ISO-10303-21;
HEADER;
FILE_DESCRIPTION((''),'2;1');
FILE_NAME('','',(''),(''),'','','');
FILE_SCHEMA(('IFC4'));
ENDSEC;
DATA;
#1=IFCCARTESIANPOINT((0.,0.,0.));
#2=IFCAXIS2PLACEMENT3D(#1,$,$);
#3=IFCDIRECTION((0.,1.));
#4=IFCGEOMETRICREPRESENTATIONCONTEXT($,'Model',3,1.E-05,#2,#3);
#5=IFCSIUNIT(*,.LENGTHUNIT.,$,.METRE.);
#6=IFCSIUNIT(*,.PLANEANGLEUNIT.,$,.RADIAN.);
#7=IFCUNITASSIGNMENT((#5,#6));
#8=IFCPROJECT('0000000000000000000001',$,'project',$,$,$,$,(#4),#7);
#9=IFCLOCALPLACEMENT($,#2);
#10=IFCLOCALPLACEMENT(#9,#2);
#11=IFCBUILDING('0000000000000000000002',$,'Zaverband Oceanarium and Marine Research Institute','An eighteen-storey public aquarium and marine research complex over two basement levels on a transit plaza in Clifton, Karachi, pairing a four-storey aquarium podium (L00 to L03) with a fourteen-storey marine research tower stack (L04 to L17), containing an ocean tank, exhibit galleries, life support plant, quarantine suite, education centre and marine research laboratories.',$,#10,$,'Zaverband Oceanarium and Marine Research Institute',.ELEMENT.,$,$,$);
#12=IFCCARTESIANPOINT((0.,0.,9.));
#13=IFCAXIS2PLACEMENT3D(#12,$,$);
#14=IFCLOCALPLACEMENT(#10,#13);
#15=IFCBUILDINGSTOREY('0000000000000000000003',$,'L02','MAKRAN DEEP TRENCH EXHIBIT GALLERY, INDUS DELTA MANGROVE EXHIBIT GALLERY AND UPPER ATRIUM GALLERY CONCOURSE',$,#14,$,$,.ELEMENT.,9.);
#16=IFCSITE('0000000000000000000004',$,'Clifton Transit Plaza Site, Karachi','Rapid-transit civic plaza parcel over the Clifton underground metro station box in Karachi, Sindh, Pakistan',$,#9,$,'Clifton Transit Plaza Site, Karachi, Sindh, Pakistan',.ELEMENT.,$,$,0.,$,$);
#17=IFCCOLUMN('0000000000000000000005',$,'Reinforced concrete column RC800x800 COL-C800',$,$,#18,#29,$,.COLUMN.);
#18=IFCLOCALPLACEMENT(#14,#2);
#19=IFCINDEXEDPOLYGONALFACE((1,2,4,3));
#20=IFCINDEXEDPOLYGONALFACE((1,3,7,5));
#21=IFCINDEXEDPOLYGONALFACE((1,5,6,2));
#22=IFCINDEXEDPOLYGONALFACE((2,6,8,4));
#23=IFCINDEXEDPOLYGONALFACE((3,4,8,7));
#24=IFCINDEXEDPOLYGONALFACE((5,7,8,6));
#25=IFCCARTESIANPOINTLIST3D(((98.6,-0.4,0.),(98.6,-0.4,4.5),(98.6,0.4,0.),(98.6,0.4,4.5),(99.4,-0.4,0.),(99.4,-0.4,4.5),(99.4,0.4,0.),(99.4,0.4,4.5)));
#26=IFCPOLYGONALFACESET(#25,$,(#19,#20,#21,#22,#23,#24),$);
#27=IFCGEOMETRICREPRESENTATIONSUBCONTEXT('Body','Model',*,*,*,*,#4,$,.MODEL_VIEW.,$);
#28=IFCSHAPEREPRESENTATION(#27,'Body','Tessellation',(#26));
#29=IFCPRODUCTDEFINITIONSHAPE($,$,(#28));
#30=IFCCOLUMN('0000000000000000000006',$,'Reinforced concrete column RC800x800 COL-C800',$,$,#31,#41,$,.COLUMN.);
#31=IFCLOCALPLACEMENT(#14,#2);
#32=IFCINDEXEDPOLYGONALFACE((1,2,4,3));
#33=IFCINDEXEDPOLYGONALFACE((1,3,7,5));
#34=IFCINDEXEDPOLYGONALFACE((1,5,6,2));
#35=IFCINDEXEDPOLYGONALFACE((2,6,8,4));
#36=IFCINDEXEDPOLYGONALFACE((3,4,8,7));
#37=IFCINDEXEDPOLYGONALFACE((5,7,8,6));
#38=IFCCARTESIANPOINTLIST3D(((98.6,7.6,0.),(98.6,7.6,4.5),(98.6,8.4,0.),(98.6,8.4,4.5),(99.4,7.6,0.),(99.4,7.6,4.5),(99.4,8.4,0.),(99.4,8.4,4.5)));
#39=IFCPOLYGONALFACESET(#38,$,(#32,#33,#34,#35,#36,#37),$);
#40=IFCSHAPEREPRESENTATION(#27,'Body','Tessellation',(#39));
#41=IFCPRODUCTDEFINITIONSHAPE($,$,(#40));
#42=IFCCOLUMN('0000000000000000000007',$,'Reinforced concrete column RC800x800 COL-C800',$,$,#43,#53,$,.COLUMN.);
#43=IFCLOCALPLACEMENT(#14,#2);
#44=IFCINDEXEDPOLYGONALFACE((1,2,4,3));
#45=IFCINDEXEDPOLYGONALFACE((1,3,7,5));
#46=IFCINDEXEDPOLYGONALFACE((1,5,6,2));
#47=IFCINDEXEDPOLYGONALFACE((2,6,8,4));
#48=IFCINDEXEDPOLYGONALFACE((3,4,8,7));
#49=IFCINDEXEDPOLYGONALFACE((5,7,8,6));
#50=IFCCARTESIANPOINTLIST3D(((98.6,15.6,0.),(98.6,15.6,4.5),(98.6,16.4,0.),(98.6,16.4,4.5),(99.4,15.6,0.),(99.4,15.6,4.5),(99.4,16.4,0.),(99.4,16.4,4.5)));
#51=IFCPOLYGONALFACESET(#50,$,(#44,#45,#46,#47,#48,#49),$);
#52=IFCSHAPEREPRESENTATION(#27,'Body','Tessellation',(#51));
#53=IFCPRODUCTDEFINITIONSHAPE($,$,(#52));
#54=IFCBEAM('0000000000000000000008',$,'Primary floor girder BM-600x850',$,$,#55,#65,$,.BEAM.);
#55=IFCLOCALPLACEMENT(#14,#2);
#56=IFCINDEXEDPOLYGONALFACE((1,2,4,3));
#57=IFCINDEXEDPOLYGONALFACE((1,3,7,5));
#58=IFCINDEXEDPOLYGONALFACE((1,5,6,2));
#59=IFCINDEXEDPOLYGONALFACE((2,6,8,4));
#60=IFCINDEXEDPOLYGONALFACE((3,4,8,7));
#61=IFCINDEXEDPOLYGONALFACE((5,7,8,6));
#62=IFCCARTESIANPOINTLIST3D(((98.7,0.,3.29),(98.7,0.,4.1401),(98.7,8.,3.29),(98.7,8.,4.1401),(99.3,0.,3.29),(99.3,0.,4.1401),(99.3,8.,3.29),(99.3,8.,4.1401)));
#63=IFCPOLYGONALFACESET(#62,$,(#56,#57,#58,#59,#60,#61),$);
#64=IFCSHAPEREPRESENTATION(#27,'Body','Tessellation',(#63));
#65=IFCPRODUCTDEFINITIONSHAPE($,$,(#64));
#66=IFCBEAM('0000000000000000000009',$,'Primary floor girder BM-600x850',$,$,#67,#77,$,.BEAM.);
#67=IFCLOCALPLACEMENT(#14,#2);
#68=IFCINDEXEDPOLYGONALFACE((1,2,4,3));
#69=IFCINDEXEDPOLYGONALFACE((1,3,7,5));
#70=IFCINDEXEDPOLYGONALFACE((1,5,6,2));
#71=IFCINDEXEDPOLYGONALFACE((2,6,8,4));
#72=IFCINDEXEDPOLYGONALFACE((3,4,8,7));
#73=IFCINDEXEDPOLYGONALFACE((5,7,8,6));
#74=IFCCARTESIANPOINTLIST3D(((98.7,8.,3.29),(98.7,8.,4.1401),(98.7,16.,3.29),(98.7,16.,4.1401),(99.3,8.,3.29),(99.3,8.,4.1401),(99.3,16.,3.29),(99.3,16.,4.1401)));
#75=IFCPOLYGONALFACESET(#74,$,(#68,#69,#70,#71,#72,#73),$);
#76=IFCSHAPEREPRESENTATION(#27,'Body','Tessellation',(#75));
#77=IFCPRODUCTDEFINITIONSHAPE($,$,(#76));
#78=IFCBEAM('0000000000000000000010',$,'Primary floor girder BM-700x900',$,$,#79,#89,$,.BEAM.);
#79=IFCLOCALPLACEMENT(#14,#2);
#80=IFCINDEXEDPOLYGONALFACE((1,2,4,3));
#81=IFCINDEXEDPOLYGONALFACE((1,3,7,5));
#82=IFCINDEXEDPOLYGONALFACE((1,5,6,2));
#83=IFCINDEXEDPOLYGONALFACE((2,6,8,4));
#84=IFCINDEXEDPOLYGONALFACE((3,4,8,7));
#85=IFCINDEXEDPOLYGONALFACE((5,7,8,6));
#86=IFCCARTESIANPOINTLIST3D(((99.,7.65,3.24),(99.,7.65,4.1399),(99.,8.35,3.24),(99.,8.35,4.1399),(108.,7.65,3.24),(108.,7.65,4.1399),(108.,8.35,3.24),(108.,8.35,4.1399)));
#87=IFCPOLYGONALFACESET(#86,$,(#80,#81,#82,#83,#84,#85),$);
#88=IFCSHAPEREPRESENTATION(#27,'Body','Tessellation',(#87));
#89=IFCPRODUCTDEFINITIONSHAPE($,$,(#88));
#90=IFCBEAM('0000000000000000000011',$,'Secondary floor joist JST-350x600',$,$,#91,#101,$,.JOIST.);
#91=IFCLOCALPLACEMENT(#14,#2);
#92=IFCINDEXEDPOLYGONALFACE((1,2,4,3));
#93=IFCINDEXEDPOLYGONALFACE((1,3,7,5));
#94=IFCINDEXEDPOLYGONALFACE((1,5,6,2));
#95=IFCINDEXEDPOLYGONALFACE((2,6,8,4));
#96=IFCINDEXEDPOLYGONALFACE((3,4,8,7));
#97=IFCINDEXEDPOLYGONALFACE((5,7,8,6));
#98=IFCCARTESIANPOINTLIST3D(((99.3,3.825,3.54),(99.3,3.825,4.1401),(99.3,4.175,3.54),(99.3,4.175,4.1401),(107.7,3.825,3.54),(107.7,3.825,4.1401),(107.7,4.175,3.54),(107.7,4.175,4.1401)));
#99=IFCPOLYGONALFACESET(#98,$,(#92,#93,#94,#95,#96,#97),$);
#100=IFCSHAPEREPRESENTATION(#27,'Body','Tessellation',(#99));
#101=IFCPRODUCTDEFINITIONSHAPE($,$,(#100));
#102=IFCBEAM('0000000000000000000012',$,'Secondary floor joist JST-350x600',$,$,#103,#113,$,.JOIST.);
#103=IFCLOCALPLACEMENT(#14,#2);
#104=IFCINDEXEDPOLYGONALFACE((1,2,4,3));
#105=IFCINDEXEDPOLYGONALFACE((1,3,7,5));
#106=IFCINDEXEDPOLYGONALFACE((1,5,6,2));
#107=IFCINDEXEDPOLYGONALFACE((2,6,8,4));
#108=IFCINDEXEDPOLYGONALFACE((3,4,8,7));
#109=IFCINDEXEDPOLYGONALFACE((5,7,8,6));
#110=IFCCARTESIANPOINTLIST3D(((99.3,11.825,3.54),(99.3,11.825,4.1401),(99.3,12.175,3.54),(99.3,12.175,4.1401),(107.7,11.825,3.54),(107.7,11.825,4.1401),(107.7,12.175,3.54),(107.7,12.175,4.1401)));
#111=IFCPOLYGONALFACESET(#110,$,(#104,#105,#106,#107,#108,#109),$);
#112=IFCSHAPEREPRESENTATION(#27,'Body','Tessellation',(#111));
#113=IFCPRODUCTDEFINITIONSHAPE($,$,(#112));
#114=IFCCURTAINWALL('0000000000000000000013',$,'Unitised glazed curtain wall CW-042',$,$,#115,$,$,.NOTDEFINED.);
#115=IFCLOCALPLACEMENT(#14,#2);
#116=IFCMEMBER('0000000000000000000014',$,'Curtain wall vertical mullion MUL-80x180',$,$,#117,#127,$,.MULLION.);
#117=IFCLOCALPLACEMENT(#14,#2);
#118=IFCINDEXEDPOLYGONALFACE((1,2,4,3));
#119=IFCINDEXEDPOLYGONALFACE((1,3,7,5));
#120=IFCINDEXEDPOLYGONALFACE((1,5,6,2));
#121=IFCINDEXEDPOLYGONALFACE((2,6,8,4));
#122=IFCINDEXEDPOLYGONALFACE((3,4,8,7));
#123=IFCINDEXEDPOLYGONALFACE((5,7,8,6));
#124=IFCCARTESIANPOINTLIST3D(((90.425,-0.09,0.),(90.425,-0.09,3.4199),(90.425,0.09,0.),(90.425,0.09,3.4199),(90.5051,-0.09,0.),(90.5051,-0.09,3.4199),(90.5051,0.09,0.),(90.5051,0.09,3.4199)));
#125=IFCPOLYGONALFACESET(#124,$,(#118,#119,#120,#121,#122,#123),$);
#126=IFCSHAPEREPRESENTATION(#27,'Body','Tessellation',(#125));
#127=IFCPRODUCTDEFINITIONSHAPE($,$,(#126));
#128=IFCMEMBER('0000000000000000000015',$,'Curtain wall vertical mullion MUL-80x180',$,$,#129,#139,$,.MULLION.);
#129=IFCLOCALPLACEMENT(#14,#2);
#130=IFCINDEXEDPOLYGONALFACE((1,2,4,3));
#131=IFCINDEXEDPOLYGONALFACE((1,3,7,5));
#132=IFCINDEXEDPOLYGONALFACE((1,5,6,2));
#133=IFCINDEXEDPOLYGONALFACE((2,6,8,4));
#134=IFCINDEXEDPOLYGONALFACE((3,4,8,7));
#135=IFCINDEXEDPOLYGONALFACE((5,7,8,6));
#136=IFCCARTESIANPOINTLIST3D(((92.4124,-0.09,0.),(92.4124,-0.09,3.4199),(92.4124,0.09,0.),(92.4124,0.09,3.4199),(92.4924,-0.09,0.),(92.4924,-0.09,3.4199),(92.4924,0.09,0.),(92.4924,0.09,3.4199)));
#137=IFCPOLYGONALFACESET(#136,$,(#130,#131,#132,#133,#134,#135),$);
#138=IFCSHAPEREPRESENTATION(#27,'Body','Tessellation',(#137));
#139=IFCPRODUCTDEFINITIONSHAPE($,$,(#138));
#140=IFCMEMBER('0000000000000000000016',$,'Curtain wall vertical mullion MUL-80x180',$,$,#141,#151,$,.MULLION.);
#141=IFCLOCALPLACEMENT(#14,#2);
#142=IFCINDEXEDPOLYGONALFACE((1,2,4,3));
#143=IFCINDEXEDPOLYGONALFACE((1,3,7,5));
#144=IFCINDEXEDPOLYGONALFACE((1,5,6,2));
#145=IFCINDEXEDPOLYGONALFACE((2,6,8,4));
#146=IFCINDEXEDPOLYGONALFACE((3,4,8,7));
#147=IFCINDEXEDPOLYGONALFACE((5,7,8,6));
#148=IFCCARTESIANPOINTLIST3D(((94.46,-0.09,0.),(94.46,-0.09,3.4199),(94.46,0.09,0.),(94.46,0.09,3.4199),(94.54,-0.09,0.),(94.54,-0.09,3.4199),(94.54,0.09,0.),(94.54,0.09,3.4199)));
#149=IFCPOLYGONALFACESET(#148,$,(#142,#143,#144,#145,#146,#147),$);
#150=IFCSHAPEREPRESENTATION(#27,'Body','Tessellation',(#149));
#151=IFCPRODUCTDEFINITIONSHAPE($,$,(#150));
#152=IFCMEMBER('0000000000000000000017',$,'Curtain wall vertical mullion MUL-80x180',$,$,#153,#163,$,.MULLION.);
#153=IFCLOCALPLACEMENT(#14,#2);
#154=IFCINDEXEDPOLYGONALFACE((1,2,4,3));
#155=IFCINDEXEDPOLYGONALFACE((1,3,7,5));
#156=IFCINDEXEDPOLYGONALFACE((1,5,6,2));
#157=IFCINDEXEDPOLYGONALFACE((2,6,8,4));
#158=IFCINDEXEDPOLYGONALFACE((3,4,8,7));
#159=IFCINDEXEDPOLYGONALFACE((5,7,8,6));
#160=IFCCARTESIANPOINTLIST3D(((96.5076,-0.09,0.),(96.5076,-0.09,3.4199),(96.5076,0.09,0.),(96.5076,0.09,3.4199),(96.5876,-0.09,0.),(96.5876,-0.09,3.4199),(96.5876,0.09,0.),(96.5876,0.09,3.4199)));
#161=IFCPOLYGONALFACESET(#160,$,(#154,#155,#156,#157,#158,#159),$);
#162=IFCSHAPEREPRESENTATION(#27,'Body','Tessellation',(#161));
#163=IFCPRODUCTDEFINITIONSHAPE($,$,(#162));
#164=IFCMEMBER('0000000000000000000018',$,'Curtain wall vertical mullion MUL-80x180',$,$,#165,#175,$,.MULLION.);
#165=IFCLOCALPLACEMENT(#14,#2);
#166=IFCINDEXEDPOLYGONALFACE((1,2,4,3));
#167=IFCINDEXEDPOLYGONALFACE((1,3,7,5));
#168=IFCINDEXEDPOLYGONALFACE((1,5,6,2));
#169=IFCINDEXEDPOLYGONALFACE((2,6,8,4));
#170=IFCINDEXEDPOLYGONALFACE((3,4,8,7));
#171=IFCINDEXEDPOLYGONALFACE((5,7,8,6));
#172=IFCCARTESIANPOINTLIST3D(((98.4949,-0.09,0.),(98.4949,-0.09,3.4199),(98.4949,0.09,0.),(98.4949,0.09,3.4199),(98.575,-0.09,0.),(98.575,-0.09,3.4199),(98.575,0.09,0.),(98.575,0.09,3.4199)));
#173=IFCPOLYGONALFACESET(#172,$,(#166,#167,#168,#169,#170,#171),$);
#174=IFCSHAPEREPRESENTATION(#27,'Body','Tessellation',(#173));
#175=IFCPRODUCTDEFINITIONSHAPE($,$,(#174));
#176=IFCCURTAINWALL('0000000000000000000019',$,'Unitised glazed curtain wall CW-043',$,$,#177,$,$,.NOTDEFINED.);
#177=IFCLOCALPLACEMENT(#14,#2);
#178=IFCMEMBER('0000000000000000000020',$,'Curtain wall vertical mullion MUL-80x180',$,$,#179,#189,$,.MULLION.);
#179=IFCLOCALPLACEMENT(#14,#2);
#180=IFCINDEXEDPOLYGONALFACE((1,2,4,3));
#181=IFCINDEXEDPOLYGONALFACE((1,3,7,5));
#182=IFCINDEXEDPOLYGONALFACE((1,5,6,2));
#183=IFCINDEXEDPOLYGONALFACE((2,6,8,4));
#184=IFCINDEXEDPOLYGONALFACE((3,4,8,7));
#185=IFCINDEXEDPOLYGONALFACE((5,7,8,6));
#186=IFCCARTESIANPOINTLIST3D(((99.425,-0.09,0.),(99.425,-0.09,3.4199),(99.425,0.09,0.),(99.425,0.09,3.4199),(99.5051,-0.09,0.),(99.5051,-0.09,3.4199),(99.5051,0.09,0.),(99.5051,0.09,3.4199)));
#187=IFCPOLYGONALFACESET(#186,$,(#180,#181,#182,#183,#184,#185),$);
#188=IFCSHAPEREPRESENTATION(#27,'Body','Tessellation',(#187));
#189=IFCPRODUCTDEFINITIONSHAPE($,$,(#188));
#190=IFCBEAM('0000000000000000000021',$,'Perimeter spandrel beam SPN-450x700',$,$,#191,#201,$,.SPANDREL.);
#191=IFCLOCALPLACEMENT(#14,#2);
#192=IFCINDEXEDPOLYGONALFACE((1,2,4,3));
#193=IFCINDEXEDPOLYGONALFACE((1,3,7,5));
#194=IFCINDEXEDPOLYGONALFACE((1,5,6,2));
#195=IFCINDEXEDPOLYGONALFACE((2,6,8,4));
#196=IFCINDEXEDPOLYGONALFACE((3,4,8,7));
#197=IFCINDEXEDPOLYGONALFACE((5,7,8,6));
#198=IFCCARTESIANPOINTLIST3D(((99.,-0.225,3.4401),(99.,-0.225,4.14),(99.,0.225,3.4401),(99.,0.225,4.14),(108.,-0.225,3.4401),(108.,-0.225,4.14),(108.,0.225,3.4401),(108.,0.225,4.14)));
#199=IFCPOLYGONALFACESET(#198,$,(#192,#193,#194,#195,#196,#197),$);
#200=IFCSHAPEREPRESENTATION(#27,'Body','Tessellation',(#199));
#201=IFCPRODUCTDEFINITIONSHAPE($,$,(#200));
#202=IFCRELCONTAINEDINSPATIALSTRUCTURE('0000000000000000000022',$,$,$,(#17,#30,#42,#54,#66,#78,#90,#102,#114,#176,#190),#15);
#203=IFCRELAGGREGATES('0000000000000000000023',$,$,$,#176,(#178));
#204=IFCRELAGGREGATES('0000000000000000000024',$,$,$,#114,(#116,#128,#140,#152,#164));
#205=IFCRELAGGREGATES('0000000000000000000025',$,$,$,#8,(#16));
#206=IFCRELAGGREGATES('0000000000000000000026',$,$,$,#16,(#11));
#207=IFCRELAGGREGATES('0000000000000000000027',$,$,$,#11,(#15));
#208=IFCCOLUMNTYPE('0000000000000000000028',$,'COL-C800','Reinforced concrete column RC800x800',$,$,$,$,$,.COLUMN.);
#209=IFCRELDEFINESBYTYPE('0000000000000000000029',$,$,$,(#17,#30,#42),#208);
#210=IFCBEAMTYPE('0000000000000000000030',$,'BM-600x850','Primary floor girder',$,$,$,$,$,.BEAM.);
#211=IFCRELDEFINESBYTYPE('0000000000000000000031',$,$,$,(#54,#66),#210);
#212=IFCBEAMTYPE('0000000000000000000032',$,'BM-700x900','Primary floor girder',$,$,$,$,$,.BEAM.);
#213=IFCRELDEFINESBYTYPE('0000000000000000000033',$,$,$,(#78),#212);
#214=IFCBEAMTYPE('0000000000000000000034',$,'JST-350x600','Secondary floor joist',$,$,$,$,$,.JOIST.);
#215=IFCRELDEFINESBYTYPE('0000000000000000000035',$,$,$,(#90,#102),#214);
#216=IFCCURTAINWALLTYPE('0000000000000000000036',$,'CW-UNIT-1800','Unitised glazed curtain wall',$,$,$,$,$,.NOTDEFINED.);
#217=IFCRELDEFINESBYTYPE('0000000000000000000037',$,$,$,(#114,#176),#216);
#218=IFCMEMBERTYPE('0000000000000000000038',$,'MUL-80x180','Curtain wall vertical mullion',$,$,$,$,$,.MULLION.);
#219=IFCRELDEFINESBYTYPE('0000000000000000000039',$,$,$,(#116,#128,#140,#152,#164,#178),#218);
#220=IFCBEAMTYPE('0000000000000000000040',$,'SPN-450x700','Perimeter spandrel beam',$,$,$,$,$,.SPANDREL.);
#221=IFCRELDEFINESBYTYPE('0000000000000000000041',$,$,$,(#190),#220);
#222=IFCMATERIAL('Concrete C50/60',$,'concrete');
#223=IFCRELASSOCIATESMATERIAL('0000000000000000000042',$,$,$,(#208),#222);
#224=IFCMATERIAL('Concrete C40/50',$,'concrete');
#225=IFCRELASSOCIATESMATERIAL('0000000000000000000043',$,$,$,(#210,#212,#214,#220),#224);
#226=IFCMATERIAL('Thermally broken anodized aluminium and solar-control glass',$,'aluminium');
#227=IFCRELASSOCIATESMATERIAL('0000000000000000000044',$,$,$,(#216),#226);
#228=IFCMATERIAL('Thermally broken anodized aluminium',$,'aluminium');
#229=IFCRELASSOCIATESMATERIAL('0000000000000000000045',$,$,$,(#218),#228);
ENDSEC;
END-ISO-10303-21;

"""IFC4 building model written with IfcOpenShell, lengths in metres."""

from ifc_helpers import new_model, si_unit, direction, frame, origin, origin_2d, place, context, subcontext, project, spatial, rectangle, extrude, material, material_profile, profile_set, type_object, element, aggregate, save


model = new_model("IFC4")

# Units and contexts
model_context = context("Model", 3, precision=1e-05, world=origin(), true_north=direction((0.0, 1.0)))
body_context = subcontext(model_context, "Body", "Model", "MODEL_VIEW")
ifc_project = project(units=[si_unit("LENGTHUNIT", "METRE"), si_unit("PLANEANGLEUNIT", "RADIAN")], contexts=[model_context])

# Site, building, storey
site_placement = place(None, origin())
site = spatial("IfcSite", under=ifc_project, at=site_placement, Name="Clifton Transit Plaza Site, Karachi", Description="Rapid-transit civic plaza parcel over the Clifton underground metro station box in Karachi, Sindh, Pakistan", LongName="Clifton Transit Plaza Site, Karachi, Sindh, Pakistan", CompositionType="ELEMENT", RefElevation=0.0)
building_placement = place(site_placement, origin())
building = spatial("IfcBuilding", under=site, at=building_placement, Name="Zaverband Oceanarium and Marine Research Institute", Description="An eighteen-storey public aquarium and marine research complex over two basement levels on a transit plaza in Clifton, Karachi, pairing a four-storey aquarium podium (L00 to L03) with a fourteen-storey marine research tower stack (L04 to L17), containing an ocean tank, exhibit galleries, life support plant, quarantine suite, education centre and marine research laboratories.", LongName="Zaverband Oceanarium and Marine Research Institute", CompositionType="ELEMENT")
storey_placement = place(building_placement, frame((0.0, 0.0, 9.0)))
storey = spatial("IfcBuildingStorey", under=building, at=storey_placement, Name="L02", Description="MAKRAN DEEP TRENCH EXHIBIT GALLERY, INDUS DELTA MANGROVE EXHIBIT GALLERY AND UPPER ATRIUM GALLERY CONCOURSE", CompositionType="ELEMENT", Elevation=9.0)

# Columns
ifc_material_1 = material(Name="Concrete C50/60", Category="concrete")
ifc_material_profile_1 = material_profile(ifc_material_1, rectangle(XDim=0.8, YDim=0.8, at=origin_2d()), Name="RC800x800")
ifc_profile_set_1 = profile_set([ifc_material_profile_1], Name="Concrete C50/60")
column_type = type_object("IfcColumnType", Name="COL-C800", Description="Reinforced concrete column RC800x800", PredefinedType="COLUMN", material=ifc_profile_set_1)
for number, where, z_axis, x_axis, name in (
    (1, (99.0, 0.0, 0.0), (0.0, 0.0, 1.0), (1.0, 0.0, 0.0), "Reinforced concrete column RC800x800 COL-C800"),
    (2, (99.0, 8.0, 0.0), (0.0, 0.0, 1.0), (1.0, 0.0, 0.0), "Reinforced concrete column RC800x800 COL-C800"),
    (3, (99.0, 16.0, 0.0), (0.0, 0.0, 1.0), (1.0, 0.0, 0.0), "Reinforced concrete column RC800x800 COL-C800"),
):
    element("IfcColumn", number, at=place(storey_placement, frame(where, z_axis=z_axis, x_axis=x_axis)), inside=storey, type_object=column_type, Name=name, PredefinedType="COLUMN", context=body_context, shape_type="SweptSolid", body=[
        extrude(rectangle(XDim=0.8, YDim=0.8, at=origin_2d()), origin(), (0.0, 0.0, 1.0), 4.5),
    ])

# Beams
ifc_material_2 = material(Name="Concrete C40/50", Category="concrete")
ifc_material_profile_2 = material_profile(ifc_material_2, rectangle(XDim=0.6001, YDim=0.8501, at=origin_2d()), Name="RC600x850")
ifc_profile_set_2 = profile_set([ifc_material_profile_2], Name="Concrete C40/50")
beam_type_1 = type_object("IfcBeamType", Name="BM-600x850", Description="Primary floor girder", PredefinedType="BEAM", material=ifc_profile_set_2)
for number, where, z_axis, x_axis, name in (
    (4, (99.0, 0.0, 3.7151), (0.0, 1.0, 0.0), (-1.0, 0.0, 0.0), "Primary floor girder BM-600x850"),
    (5, (99.0, 8.0, 3.7151), (0.0, 1.0, 0.0), (-1.0, 0.0, 0.0), "Primary floor girder BM-600x850"),
):
    element("IfcBeam", number, at=place(storey_placement, frame(where, z_axis=z_axis, x_axis=x_axis)), inside=storey, type_object=beam_type_1, Name=name, PredefinedType="BEAM", context=body_context, shape_type="SweptSolid", body=[
        extrude(rectangle(XDim=0.6001, YDim=0.8501, at=origin_2d()), origin(), (0.0, 0.0, 1.0), 8.0),
    ])
ifc_material_profile_3 = material_profile(ifc_material_2, rectangle(XDim=0.7, YDim=0.8999, at=origin_2d()), Name="RC700x900")
ifc_profile_set_3 = profile_set([ifc_material_profile_3], Name="Concrete C40/50")
beam_type_2 = type_object("IfcBeamType", Name="BM-700x900", Description="Primary floor girder", PredefinedType="BEAM", material=ifc_profile_set_3)
beam_1_placement = place(storey_placement, frame((99.0, 8.0, 3.6899), z_axis=(1.0, 0.0, 0.0), x_axis=(0.0, 1.0, 0.0)))
element("IfcBeam", 6, at=beam_1_placement, inside=storey, type_object=beam_type_2, Name="Primary floor girder BM-700x900", PredefinedType="BEAM", context=body_context, shape_type="SweptSolid", body=[
    extrude(rectangle(XDim=0.7, YDim=0.8999, at=origin_2d()), origin(), (0.0, 0.0, 1.0), 9.0),
])
ifc_material_profile_4 = material_profile(ifc_material_2, rectangle(XDim=0.3501, YDim=0.6001, at=origin_2d()), Name="RC350x600")
ifc_profile_set_4 = profile_set([ifc_material_profile_4], Name="Concrete C40/50")
beam_type_3 = type_object("IfcBeamType", Name="JST-350x600", Description="Secondary floor joist", PredefinedType="JOIST", material=ifc_profile_set_4)
for number, where, z_axis, x_axis, name in (
    (7, (99.3, 4.0, 3.8401), (1.0, 0.0, 0.0), (0.0, 1.0, 0.0), "Secondary floor joist JST-350x600"),
    (8, (99.3, 12.0, 3.8401), (1.0, 0.0, 0.0), (0.0, 1.0, 0.0), "Secondary floor joist JST-350x600"),
):
    element("IfcBeam", number, at=place(storey_placement, frame(where, z_axis=z_axis, x_axis=x_axis)), inside=storey, type_object=beam_type_3, Name=name, PredefinedType="JOIST", context=body_context, shape_type="SweptSolid", body=[
        extrude(rectangle(XDim=0.3501, YDim=0.6001, at=origin_2d()), origin(), (0.0, 0.0, 1.0), 8.3999),
    ])

# Curtain wall, members
ifc_material_3 = material(Name="Thermally broken anodized aluminium and solar-control glass", Category="aluminium")
curtain_wall_type = type_object("IfcCurtainWallType", Name="CW-UNIT-1800", Description="Unitised glazed curtain wall", PredefinedType="NOTDEFINED", material=ifc_material_3)
curtain_wall_1_placement = place(storey_placement, origin())
curtain_wall_1 = element("IfcCurtainWall", 9, at=curtain_wall_1_placement, inside=storey, type_object=curtain_wall_type, Name="Unitised glazed curtain wall CW-042", PredefinedType="NOTDEFINED")
ifc_material_4 = material(Name="Thermally broken anodized aluminium", Category="aluminium")
ifc_material_profile_5 = material_profile(ifc_material_4, rectangle(XDim=0.0801, YDim=0.1799, at=origin_2d()), Name="AL-MUL-80x180")
ifc_profile_set_5 = profile_set([ifc_material_profile_5], Name="Thermally broken anodized aluminium")
member_type_1 = type_object("IfcMemberType", Name="MUL-80x180", Description="Curtain wall vertical mullion", PredefinedType="MULLION", material=ifc_profile_set_5)
member_1_placement = place(storey_placement, frame((90.4651, 0.0, 0.0), z_axis=(0.0, 0.0, 1.0), x_axis=(1.0, 0.0, 0.0)))
member_1 = element("IfcMember", 10, at=member_1_placement, type_object=member_type_1, Name="Curtain wall vertical mullion MUL-80x180", PredefinedType="MULLION", context=body_context, shape_type="SweptSolid", body=[
    extrude(rectangle(XDim=0.0801, YDim=0.1799, at=origin_2d()), origin(), (0.0, 0.0, 1.0), 3.4199),
])
member_2_placement = place(storey_placement, frame((92.4524, 0.0, 0.0), z_axis=(0.0, 0.0, 1.0), x_axis=(1.0, 0.0, 0.0)))
member_2 = element("IfcMember", 11, at=member_2_placement, type_object=member_type_1, Name="Curtain wall vertical mullion MUL-80x180", PredefinedType="MULLION", context=body_context, shape_type="SweptSolid", body=[
    extrude(rectangle(XDim=0.0801, YDim=0.1799, at=origin_2d()), origin(), (0.0, 0.0, 1.0), 3.4199),
])
member_3_placement = place(storey_placement, frame((94.5, 0.0, 0.0), z_axis=(0.0, 0.0, 1.0), x_axis=(1.0, 0.0, 0.0)))
member_3 = element("IfcMember", 12, at=member_3_placement, type_object=member_type_1, Name="Curtain wall vertical mullion MUL-80x180", PredefinedType="MULLION", context=body_context, shape_type="SweptSolid", body=[
    extrude(rectangle(XDim=0.0801, YDim=0.1799, at=origin_2d()), origin(), (0.0, 0.0, 1.0), 3.4199),
])
member_4_placement = place(storey_placement, frame((96.5476, 0.0, 0.0), z_axis=(0.0, 0.0, 1.0), x_axis=(1.0, 0.0, 0.0)))
member_4 = element("IfcMember", 13, at=member_4_placement, type_object=member_type_1, Name="Curtain wall vertical mullion MUL-80x180", PredefinedType="MULLION", context=body_context, shape_type="SweptSolid", body=[
    extrude(rectangle(XDim=0.0801, YDim=0.1799, at=origin_2d()), origin(), (0.0, 0.0, 1.0), 3.4199),
])
member_5_placement = place(storey_placement, frame((98.5349, 0.0, 0.0), z_axis=(0.0, 0.0, 1.0), x_axis=(1.0, 0.0, 0.0)))
member_5 = element("IfcMember", 14, at=member_5_placement, type_object=member_type_1, Name="Curtain wall vertical mullion MUL-80x180", PredefinedType="MULLION", context=body_context, shape_type="SweptSolid", body=[
    extrude(rectangle(XDim=0.0801, YDim=0.1799, at=origin_2d()), origin(), (0.0, 0.0, 1.0), 3.4199),
])

# Curtain wall, member
curtain_wall_2_placement = place(storey_placement, origin())
curtain_wall_2 = element("IfcCurtainWall", 15, at=curtain_wall_2_placement, inside=storey, type_object=curtain_wall_type, Name="Unitised glazed curtain wall CW-043", PredefinedType="NOTDEFINED")
member_6_placement = place(storey_placement, frame((99.4651, 0.0, 0.0), z_axis=(0.0, 0.0, 1.0), x_axis=(1.0, 0.0, 0.0)))
member_6 = element("IfcMember", 16, at=member_6_placement, type_object=member_type_1, Name="Curtain wall vertical mullion MUL-80x180", PredefinedType="MULLION", context=body_context, shape_type="SweptSolid", body=[
    extrude(rectangle(XDim=0.0801, YDim=0.1799, at=origin_2d()), origin(), (0.0, 0.0, 1.0), 3.4199),
])

# Beam
ifc_material_profile_6 = material_profile(ifc_material_2, rectangle(XDim=0.45, YDim=0.7, at=origin_2d()), Name="RC450x700")
ifc_profile_set_6 = profile_set([ifc_material_profile_6], Name="Concrete C40/50")
beam_type_4 = type_object("IfcBeamType", Name="SPN-450x700", Description="Perimeter spandrel beam", PredefinedType="SPANDREL", material=ifc_profile_set_6)
beam_2_placement = place(storey_placement, frame((99.0, 0.0, 3.79), z_axis=(1.0, 0.0, 0.0), x_axis=(0.0, 1.0, 0.0)))
element("IfcBeam", 17, at=beam_2_placement, inside=storey, type_object=beam_type_4, Name="Perimeter spandrel beam SPN-450x700", PredefinedType="SPANDREL", context=body_context, shape_type="SweptSolid", body=[
    extrude(rectangle(XDim=0.45, YDim=0.7, at=origin_2d()), origin(), (0.0, 0.0, 1.0), 9.0),
])

aggregate(curtain_wall_2, [member_6])

aggregate(curtain_wall_1, [member_1, member_2, member_3, member_4, member_5])

save(model, "model.ifc")
